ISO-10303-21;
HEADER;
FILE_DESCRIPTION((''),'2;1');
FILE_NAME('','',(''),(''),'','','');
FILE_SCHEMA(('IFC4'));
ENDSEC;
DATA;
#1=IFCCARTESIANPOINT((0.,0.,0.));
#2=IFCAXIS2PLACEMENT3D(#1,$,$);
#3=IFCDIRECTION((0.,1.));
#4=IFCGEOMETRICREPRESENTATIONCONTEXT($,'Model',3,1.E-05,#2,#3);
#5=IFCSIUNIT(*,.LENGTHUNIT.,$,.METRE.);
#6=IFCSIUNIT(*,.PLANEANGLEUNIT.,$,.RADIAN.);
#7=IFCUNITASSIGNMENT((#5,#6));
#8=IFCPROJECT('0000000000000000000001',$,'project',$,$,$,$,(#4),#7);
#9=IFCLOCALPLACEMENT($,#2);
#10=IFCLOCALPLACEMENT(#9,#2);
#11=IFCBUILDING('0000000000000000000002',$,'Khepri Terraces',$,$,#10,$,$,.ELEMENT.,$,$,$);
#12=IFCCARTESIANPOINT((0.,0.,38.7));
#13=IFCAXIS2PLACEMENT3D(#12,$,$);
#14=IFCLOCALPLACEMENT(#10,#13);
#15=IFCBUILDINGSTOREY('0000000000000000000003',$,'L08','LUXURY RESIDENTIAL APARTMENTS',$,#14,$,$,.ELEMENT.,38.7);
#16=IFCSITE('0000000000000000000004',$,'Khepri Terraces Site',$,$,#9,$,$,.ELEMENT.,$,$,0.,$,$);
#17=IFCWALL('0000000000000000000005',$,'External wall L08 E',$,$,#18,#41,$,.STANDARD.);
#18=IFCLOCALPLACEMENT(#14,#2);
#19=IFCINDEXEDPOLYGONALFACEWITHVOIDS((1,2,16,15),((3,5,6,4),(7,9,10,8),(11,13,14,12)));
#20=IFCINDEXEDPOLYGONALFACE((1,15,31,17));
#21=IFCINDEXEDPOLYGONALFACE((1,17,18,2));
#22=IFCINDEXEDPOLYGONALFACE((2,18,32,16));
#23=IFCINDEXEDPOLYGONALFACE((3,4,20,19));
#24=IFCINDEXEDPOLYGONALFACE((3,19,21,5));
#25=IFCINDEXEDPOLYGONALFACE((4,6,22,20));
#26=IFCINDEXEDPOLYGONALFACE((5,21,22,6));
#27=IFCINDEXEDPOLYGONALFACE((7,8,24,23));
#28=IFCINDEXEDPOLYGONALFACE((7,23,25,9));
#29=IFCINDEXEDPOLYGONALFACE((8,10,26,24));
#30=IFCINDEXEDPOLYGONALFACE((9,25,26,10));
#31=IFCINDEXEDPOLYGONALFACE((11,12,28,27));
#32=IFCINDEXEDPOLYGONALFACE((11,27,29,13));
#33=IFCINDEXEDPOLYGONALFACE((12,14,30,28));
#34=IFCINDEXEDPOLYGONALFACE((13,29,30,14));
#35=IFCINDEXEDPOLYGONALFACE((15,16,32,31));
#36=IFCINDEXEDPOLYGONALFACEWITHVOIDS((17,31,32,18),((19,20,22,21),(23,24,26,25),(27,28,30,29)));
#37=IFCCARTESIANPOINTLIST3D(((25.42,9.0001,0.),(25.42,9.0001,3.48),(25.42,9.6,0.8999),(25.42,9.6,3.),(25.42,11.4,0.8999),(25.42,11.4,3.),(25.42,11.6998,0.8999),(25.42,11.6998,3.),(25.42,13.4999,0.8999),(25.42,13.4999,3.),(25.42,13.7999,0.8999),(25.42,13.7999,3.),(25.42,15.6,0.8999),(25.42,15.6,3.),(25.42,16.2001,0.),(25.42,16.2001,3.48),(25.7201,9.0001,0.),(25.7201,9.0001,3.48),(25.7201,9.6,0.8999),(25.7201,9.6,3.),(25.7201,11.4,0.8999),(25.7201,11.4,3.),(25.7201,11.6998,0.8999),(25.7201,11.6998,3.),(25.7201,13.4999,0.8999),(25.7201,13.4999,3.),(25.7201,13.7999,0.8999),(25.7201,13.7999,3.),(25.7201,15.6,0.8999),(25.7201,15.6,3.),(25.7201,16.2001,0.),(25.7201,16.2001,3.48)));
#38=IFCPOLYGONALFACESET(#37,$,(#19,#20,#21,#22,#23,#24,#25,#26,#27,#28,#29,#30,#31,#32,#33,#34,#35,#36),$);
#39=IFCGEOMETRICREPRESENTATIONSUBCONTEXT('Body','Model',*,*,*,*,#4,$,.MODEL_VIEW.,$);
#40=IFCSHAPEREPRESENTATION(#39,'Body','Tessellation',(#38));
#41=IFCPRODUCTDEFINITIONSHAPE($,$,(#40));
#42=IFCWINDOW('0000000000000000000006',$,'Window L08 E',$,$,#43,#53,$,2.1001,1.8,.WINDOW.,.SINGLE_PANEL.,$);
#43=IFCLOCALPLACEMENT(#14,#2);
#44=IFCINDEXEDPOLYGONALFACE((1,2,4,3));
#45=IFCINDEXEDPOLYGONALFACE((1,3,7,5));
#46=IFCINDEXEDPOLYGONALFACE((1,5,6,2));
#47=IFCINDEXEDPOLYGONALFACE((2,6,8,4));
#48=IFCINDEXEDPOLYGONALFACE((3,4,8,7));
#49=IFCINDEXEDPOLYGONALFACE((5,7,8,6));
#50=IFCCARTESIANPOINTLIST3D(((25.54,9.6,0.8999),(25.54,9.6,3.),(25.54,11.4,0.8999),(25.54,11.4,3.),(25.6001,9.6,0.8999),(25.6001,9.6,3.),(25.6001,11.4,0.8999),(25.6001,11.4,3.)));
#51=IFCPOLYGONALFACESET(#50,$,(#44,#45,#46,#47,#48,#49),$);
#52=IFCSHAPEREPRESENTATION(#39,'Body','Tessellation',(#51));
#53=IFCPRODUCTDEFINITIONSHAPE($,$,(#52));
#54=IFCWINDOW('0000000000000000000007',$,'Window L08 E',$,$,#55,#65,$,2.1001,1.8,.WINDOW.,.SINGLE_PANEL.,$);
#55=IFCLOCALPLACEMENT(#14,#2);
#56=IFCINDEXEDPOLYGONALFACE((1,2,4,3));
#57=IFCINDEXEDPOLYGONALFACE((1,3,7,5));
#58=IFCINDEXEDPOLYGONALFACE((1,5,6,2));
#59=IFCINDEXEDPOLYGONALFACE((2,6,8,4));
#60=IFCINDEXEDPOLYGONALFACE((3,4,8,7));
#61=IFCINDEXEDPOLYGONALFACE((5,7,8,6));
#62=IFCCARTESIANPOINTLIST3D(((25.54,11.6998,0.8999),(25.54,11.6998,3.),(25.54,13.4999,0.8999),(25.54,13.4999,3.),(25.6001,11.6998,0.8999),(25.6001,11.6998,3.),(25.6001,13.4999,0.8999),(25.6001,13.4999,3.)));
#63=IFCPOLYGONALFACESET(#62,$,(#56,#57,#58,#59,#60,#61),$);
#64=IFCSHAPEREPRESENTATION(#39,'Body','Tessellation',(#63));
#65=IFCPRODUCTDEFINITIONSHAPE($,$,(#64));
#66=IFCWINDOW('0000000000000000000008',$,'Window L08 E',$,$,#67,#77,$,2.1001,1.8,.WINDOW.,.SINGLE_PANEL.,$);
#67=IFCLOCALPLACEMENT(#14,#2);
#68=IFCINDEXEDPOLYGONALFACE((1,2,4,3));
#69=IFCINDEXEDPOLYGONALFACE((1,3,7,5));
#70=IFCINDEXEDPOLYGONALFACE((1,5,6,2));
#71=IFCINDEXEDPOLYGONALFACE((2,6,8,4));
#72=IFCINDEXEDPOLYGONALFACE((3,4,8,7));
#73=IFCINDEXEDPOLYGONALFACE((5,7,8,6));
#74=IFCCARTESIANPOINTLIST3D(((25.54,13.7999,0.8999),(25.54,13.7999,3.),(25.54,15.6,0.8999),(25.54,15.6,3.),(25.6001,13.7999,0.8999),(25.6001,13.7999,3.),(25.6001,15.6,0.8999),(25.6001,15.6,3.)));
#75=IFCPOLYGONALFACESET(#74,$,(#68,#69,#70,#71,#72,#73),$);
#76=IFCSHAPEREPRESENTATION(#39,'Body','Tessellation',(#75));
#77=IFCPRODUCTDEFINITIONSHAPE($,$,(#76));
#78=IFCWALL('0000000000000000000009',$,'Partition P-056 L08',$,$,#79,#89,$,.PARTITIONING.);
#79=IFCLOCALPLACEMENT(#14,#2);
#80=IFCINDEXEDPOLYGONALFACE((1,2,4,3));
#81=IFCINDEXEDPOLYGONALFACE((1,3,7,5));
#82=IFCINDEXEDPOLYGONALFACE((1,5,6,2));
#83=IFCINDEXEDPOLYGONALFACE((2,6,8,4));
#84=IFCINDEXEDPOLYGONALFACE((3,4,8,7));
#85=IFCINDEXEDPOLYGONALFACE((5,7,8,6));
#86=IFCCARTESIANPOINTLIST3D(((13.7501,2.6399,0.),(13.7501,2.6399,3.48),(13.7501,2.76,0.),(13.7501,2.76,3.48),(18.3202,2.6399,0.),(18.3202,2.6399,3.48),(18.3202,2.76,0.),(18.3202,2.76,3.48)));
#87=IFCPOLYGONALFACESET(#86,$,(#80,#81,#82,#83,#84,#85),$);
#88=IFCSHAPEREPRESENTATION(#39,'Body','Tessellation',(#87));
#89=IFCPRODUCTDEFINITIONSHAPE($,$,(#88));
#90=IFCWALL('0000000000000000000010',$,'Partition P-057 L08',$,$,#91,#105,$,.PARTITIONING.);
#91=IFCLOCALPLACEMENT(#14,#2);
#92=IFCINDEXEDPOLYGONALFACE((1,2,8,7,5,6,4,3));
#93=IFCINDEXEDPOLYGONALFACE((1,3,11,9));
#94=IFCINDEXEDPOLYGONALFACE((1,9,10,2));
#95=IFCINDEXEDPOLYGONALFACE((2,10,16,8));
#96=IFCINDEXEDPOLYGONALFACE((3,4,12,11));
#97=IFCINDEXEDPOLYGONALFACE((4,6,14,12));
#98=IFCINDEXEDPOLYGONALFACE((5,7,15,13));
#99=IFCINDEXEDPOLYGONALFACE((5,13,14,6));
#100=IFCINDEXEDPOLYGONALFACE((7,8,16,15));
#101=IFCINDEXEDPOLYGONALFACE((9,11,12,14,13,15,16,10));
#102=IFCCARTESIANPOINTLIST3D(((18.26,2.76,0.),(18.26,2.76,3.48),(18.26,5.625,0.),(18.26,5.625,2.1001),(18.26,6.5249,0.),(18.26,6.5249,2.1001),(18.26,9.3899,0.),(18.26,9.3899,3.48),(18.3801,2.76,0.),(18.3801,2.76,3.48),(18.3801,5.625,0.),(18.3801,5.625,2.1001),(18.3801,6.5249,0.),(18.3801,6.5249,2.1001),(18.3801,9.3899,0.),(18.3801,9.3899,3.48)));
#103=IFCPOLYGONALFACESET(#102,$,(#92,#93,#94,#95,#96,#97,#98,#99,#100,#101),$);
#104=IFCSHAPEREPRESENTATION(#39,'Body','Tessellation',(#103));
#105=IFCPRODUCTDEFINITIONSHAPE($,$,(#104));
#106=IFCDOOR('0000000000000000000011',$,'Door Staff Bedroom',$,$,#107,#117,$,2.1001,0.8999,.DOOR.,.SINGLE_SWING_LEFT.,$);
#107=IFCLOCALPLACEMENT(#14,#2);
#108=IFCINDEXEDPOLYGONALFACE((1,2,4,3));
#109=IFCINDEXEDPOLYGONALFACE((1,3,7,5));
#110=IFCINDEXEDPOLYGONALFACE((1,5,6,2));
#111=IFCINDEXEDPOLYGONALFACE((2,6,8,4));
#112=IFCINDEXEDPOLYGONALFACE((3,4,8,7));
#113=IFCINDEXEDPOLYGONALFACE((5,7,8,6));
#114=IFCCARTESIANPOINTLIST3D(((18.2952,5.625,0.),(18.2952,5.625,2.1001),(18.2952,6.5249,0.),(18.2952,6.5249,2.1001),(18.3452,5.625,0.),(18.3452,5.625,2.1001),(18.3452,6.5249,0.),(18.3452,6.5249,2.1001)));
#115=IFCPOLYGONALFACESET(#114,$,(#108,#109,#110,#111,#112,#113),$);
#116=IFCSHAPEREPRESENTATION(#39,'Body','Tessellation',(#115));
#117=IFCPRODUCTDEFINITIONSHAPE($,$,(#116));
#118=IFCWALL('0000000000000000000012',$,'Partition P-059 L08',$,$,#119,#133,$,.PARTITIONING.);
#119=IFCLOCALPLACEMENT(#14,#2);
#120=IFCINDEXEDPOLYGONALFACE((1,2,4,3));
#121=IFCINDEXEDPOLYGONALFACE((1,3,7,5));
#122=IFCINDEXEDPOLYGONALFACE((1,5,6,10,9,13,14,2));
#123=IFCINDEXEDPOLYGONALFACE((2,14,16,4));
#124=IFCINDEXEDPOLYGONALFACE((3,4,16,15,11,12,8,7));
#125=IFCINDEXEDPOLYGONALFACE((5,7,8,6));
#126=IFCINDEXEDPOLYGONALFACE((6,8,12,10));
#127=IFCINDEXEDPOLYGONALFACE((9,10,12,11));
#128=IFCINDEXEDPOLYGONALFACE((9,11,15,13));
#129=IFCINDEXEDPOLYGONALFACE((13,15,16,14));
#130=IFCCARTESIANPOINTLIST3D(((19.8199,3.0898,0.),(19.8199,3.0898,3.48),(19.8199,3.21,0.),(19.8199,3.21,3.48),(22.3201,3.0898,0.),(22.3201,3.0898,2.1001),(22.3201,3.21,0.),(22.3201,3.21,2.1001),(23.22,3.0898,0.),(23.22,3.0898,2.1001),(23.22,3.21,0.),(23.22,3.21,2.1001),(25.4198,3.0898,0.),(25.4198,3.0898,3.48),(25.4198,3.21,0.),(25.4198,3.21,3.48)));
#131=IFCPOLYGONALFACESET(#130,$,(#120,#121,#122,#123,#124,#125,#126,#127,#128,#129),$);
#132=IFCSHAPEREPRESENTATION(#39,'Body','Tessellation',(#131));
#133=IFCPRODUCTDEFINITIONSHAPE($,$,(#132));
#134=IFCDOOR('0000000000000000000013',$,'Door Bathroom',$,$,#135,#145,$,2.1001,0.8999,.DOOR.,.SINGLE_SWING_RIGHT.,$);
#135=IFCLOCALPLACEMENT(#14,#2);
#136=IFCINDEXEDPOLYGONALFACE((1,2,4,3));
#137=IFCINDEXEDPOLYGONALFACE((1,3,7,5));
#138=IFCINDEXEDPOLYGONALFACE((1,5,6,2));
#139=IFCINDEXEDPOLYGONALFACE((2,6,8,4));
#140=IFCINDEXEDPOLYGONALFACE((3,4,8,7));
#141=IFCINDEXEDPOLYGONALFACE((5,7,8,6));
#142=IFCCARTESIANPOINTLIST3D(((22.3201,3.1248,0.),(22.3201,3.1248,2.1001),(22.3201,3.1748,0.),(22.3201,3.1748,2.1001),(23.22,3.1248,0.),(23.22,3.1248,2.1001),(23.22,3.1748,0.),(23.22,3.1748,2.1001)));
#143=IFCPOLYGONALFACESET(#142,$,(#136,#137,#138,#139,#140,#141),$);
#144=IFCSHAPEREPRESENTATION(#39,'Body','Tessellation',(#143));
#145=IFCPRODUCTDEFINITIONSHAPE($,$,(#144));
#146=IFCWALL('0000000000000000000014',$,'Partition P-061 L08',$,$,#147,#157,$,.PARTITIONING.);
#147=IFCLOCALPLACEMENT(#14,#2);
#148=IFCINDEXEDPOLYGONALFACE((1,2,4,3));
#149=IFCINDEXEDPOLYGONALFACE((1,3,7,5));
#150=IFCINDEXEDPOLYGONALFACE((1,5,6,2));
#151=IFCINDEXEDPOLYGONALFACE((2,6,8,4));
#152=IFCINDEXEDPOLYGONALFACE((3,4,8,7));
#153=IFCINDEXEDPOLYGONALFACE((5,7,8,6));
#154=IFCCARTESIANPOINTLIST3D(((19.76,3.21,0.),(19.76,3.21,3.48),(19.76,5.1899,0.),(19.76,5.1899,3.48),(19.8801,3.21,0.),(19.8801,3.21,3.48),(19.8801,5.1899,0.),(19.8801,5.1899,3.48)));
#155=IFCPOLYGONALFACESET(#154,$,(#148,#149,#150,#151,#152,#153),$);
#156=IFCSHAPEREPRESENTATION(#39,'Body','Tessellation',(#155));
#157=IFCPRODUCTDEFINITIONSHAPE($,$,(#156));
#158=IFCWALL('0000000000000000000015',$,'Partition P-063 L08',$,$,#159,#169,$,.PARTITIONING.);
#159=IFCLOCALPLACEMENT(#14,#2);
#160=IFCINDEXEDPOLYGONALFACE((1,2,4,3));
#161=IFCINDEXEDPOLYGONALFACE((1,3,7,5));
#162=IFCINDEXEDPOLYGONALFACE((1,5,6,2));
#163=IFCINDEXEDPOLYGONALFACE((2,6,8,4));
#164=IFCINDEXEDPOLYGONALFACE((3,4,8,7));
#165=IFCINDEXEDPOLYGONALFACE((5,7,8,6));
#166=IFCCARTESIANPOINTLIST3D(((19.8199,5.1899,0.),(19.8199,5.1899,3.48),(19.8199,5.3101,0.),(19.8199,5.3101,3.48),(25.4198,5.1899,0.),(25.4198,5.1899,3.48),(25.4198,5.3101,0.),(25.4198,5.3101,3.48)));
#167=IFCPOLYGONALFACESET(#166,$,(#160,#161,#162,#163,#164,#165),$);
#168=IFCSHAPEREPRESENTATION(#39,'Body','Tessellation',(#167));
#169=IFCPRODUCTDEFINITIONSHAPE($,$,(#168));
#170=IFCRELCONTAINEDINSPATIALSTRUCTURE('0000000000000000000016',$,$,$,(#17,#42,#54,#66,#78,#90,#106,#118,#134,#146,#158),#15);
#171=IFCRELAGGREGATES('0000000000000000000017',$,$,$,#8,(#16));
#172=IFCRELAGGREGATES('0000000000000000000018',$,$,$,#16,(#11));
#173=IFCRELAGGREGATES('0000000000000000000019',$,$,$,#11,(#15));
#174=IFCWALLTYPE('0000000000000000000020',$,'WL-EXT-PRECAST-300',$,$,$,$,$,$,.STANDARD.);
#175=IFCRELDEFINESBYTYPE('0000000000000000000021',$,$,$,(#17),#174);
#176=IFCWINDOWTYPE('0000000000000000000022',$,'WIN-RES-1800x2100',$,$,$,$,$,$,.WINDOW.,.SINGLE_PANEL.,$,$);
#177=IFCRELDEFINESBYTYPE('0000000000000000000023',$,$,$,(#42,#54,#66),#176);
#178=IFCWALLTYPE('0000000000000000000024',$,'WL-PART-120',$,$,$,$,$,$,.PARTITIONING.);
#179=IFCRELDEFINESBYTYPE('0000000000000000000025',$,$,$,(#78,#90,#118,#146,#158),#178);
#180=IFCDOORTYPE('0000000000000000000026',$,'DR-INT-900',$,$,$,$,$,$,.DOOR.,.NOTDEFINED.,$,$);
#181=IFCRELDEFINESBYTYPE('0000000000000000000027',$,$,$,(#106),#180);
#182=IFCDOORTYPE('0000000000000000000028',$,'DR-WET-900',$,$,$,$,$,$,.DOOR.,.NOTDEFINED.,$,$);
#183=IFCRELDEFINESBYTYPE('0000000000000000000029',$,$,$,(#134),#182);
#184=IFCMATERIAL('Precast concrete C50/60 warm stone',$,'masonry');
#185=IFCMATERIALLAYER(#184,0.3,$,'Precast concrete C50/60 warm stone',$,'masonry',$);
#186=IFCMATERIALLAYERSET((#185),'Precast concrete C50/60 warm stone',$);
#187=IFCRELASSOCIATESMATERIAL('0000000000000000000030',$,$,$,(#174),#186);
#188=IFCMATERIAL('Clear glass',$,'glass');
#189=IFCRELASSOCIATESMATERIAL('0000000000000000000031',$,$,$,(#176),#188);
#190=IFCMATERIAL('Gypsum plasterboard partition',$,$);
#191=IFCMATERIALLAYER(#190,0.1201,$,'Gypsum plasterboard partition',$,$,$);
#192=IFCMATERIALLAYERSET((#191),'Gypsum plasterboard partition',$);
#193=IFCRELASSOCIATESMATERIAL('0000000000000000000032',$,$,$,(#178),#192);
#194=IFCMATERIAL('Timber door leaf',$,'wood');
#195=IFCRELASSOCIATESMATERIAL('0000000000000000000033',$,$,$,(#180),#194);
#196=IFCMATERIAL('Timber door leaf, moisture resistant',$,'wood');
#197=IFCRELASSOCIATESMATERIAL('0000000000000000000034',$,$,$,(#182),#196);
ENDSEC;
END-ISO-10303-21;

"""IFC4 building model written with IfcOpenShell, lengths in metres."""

from ifc_helpers import new_model, si_unit, direction, frame, frame_2d, origin, place, context, subcontext, project, spatial, rectangle, extrude, material, layer, layer_set, type_object, element, fill, save


model = new_model("IFC4")

# Units and contexts
model_context = context("Model", 3, precision=1e-05, world=origin(), true_north=direction((0.0, 1.0)))
body_context = subcontext(model_context, "Body", "Model", "MODEL_VIEW")
ifc_project = project(units=[si_unit("LENGTHUNIT", "METRE"), si_unit("PLANEANGLEUNIT", "RADIAN")], contexts=[model_context])

# Site, building, storey
site_placement = place(None, origin())
site = spatial("IfcSite", under=ifc_project, at=site_placement, Name="Khepri Terraces Site", CompositionType="ELEMENT", RefElevation=0.0)
building_placement = place(site_placement, origin())
building = spatial("IfcBuilding", under=site, at=building_placement, Name="Khepri Terraces", CompositionType="ELEMENT")
storey_placement = place(building_placement, frame((0.0, 0.0, 38.7)))
storey = spatial("IfcBuildingStorey", under=building, at=storey_placement, Name="L08", Description="LUXURY RESIDENTIAL APARTMENTS", CompositionType="ELEMENT", Elevation=38.7)

# Wall, openings, windows
ifc_material_1 = material(Name="Precast concrete C50/60 warm stone", Category="masonry")
ifc_layer_1 = layer(ifc_material_1, 0.3, Name="Precast concrete C50/60 warm stone", Category="masonry")
ifc_layer_set_1 = layer_set([ifc_layer_1], Name="Precast concrete C50/60 warm stone")
wall_type_1 = type_object("IfcWallType", Name="WL-EXT-PRECAST-300", PredefinedType="STANDARD", material=ifc_layer_set_1)
ifc_material_2 = material(Name="Clear glass", Category="glass")
window_type = type_object("IfcWindowType", Name="WIN-RES-1800x2100", PartitioningType="SINGLE_PANEL", PredefinedType="WINDOW", material=ifc_material_2)
wall_1_placement = place(storey_placement, frame((25.5701, 9.0, 0.0), z_axis=(0.0, 0.0, 1.0), x_axis=(0.0, 1.0, 0.0)))
wall_1 = element("IfcWall", 1, at=wall_1_placement, inside=storey, type_object=wall_type_1, Name="External wall L08 E", PredefinedType="STANDARD", context=body_context, shape_type="SweptSolid", body=[
    extrude(rectangle(XDim=7.2, YDim=0.3, at=frame_2d((3.6001, 0.0))), origin(), (0.0, 0.0, 1.0), 3.48),
])
opening_1_placement = place(wall_1_placement, frame((0.6001, 0.0, 0.8999)))
opening_1 = element("IfcOpeningElement", 2, at=opening_1_placement, cuts=wall_1, PredefinedType="OPENING", context=body_context, shape_type="SweptSolid", body=[
    extrude(rectangle(XDim=1.8, YDim=2.1001, at=frame_2d((0.8999, 1.05))), frame((0.0, 0.1602, 0.0), z_axis=(0.0, -1.0, 0.0), x_axis=(1.0, 0.0, 0.0)), (0.0, 0.0, 1.0), 0.3201),
])
opening_2_placement = place(wall_1_placement, frame((2.7, 0.0, 0.8999)))
opening_2 = element("IfcOpeningElement", 3, at=opening_2_placement, cuts=wall_1, PredefinedType="OPENING", context=body_context, shape_type="SweptSolid", body=[
    extrude(rectangle(XDim=1.8, YDim=2.1001, at=frame_2d((0.8999, 1.05))), frame((0.0, 0.1602, 0.0), z_axis=(0.0, -1.0, 0.0), x_axis=(1.0, 0.0, 0.0)), (0.0, 0.0, 1.0), 0.3201),
])
opening_3_placement = place(wall_1_placement, frame((4.8, 0.0, 0.8999)))
opening_3 = element("IfcOpeningElement", 4, at=opening_3_placement, cuts=wall_1, PredefinedType="OPENING", context=body_context, shape_type="SweptSolid", body=[
    extrude(rectangle(XDim=1.8, YDim=2.1001, at=frame_2d((0.8999, 1.05))), frame((0.0, 0.1602, 0.0), z_axis=(0.0, -1.0, 0.0), x_axis=(1.0, 0.0, 0.0)), (0.0, 0.0, 1.0), 0.3201),
])
window_1_placement = place(opening_1_placement, origin())
window_1 = element("IfcWindow", 5, at=window_1_placement, inside=storey, type_object=window_type, Name="Window L08 E", OverallHeight=2.1001, OverallWidth=1.8, PartitioningType="SINGLE_PANEL", PredefinedType="WINDOW", context=body_context, shape_type="SweptSolid", body=[
    extrude(rectangle(XDim=1.8, YDim=2.1001, at=frame_2d((0.8999, 1.05))), frame((0.0, 0.03, 0.0), z_axis=(0.0, -1.0, 0.0), x_axis=(1.0, 0.0, 0.0)), (0.0, 0.0, 1.0), 0.0601),
])
fill(opening_1, window_1)
window_2_placement = place(opening_2_placement, origin())
window_2 = element("IfcWindow", 6, at=window_2_placement, inside=storey, type_object=window_type, Name="Window L08 E", OverallHeight=2.1001, OverallWidth=1.8, PartitioningType="SINGLE_PANEL", PredefinedType="WINDOW", context=body_context, shape_type="SweptSolid", body=[
    extrude(rectangle(XDim=1.8, YDim=2.1001, at=frame_2d((0.8999, 1.05))), frame((0.0, 0.03, 0.0), z_axis=(0.0, -1.0, 0.0), x_axis=(1.0, 0.0, 0.0)), (0.0, 0.0, 1.0), 0.0601),
])
fill(opening_2, window_2)
window_3_placement = place(opening_3_placement, origin())
window_3 = element("IfcWindow", 7, at=window_3_placement, inside=storey, type_object=window_type, Name="Window L08 E", OverallHeight=2.1001, OverallWidth=1.8, PartitioningType="SINGLE_PANEL", PredefinedType="WINDOW", context=body_context, shape_type="SweptSolid", body=[
    extrude(rectangle(XDim=1.8, YDim=2.1001, at=frame_2d((0.8999, 1.05))), frame((0.0, 0.03, 0.0), z_axis=(0.0, -1.0, 0.0), x_axis=(1.0, 0.0, 0.0)), (0.0, 0.0, 1.0), 0.0601),
])
fill(opening_3, window_3)

# Wall
ifc_material_3 = material(Name="Gypsum plasterboard partition")
ifc_layer_2 = layer(ifc_material_3, 0.1201, Name="Gypsum plasterboard partition")
ifc_layer_set_2 = layer_set([ifc_layer_2], Name="Gypsum plasterboard partition")
wall_type_2 = type_object("IfcWallType", Name="WL-PART-120", PredefinedType="PARTITIONING", material=ifc_layer_set_2)
wall_2_placement = place(storey_placement, frame((13.75, 2.7, 0.0), z_axis=(0.0, 0.0, 1.0), x_axis=(1.0, 0.0, 0.0)))
element("IfcWall", 8, at=wall_2_placement, inside=storey, type_object=wall_type_2, Name="Partition P-056 L08", PredefinedType="PARTITIONING", context=body_context, shape_type="SweptSolid", body=[
    extrude(rectangle(XDim=4.5701, YDim=0.1201, at=frame_2d((2.2852, 0.0))), origin(), (0.0, 0.0, 1.0), 3.48),
])

# Walls, openings, doors
wall_3_placement = place(storey_placement, frame((18.3201, 2.76, 0.0), z_axis=(0.0, 0.0, 1.0), x_axis=(0.0, 1.0, 0.0)))
wall_3 = element("IfcWall", 9, at=wall_3_placement, inside=storey, type_object=wall_type_2, Name="Partition P-057 L08", PredefinedType="PARTITIONING", context=body_context, shape_type="SweptSolid", body=[
    extrude(rectangle(XDim=6.6299, YDim=0.1201, at=frame_2d((3.3149, 0.0))), origin(), (0.0, 0.0, 1.0), 3.48),
])
opening_4_placement = place(wall_3_placement, frame((2.865, 0.0, 0.0)))
opening_4 = element("IfcOpeningElement", 10, at=opening_4_placement, cuts=wall_3, PredefinedType="OPENING", context=body_context, shape_type="SweptSolid", body=[
    extrude(rectangle(XDim=0.8999, YDim=2.1001, at=frame_2d((0.45, 1.05))), frame((0.0, 0.0701, 0.0), z_axis=(0.0, -1.0, 0.0), x_axis=(1.0, 0.0, 0.0)), (0.0, 0.0, 1.0), 0.1401),
])
ifc_material_4 = material(Name="Timber door leaf", Category="wood")
door_type_1 = type_object("IfcDoorType", Name="DR-INT-900", OperationType="NOTDEFINED", PredefinedType="DOOR", material=ifc_material_4)
door_1_placement = place(opening_4_placement, origin())
door_1 = element("IfcDoor", 11, at=door_1_placement, inside=storey, type_object=door_type_1, Name="Door Staff Bedroom", OperationType="SINGLE_SWING_LEFT", OverallHeight=2.1001, OverallWidth=0.8999, PredefinedType="DOOR", context=body_context, shape_type="SweptSolid", body=[
    extrude(rectangle(XDim=0.8999, YDim=2.1001, at=frame_2d((0.45, 1.05))), frame((0.0, 0.0249, 0.0), z_axis=(0.0, -1.0, 0.0), x_axis=(1.0, 0.0, 0.0)), (0.0, 0.0, 1.0), 0.05),
])
fill(opening_4, door_1)
wall_4_placement = place(storey_placement, frame((19.8201, 3.1499, 0.0), z_axis=(0.0, 0.0, 1.0), x_axis=(1.0, 0.0, 0.0)))
wall_4 = element("IfcWall", 12, at=wall_4_placement, inside=storey, type_object=wall_type_2, Name="Partition P-059 L08", PredefinedType="PARTITIONING", context=body_context, shape_type="SweptSolid", body=[
    extrude(rectangle(XDim=5.5999, YDim=0.1201, at=frame_2d((2.7998, 0.0))), origin(), (0.0, 0.0, 1.0), 3.48),
])
opening_5_placement = place(wall_4_placement, frame((2.5, 0.0, 0.0)))
opening_5 = element("IfcOpeningElement", 13, at=opening_5_placement, cuts=wall_4, PredefinedType="OPENING", context=body_context, shape_type="SweptSolid", body=[
    extrude(rectangle(XDim=0.8999, YDim=2.1001, at=frame_2d((0.45, 1.05))), frame((0.0, 0.0701, 0.0), z_axis=(0.0, -1.0, 0.0), x_axis=(1.0, 0.0, 0.0)), (0.0, 0.0, 1.0), 0.1401),
])
ifc_material_5 = material(Name="Timber door leaf, moisture resistant", Category="wood")
door_type_2 = type_object("IfcDoorType", Name="DR-WET-900", OperationType="NOTDEFINED", PredefinedType="DOOR", material=ifc_material_5)
door_2_placement = place(opening_5_placement, origin())
door_2 = element("IfcDoor", 14, at=door_2_placement, inside=storey, type_object=door_type_2, Name="Door Bathroom", OperationType="SINGLE_SWING_RIGHT", OverallHeight=2.1001, OverallWidth=0.8999, PredefinedType="DOOR", context=body_context, shape_type="SweptSolid", body=[
    extrude(rectangle(XDim=0.8999, YDim=2.1001, at=frame_2d((0.45, 1.05))), frame((0.0, 0.0249, 0.0), z_axis=(0.0, -1.0, 0.0), x_axis=(1.0, 0.0, 0.0)), (0.0, 0.0, 1.0), 0.05),
])
fill(opening_5, door_2)

# Walls
wall_5_placement = place(storey_placement, frame((19.8201, 3.21, 0.0), z_axis=(0.0, 0.0, 1.0), x_axis=(0.0, 1.0, 0.0)))
element("IfcWall", 15, at=wall_5_placement, inside=storey, type_object=wall_type_2, Name="Partition P-061 L08", PredefinedType="PARTITIONING", context=body_context, shape_type="SweptSolid", body=[
    extrude(rectangle(XDim=1.98, YDim=0.1201, at=frame_2d((0.99, 0.0))), origin(), (0.0, 0.0, 1.0), 3.48),
])
wall_6_placement = place(storey_placement, frame((19.8201, 5.25, 0.0), z_axis=(0.0, 0.0, 1.0), x_axis=(1.0, 0.0, 0.0)))
element("IfcWall", 16, at=wall_6_placement, inside=storey, type_object=wall_type_2, Name="Partition P-063 L08", PredefinedType="PARTITIONING", context=body_context, shape_type="SweptSolid", body=[
    extrude(rectangle(XDim=5.5999, YDim=0.1201, at=frame_2d((2.7998, 0.0))), origin(), (0.0, 0.0, 1.0), 3.48),
])

save(model, "model.ifc")
